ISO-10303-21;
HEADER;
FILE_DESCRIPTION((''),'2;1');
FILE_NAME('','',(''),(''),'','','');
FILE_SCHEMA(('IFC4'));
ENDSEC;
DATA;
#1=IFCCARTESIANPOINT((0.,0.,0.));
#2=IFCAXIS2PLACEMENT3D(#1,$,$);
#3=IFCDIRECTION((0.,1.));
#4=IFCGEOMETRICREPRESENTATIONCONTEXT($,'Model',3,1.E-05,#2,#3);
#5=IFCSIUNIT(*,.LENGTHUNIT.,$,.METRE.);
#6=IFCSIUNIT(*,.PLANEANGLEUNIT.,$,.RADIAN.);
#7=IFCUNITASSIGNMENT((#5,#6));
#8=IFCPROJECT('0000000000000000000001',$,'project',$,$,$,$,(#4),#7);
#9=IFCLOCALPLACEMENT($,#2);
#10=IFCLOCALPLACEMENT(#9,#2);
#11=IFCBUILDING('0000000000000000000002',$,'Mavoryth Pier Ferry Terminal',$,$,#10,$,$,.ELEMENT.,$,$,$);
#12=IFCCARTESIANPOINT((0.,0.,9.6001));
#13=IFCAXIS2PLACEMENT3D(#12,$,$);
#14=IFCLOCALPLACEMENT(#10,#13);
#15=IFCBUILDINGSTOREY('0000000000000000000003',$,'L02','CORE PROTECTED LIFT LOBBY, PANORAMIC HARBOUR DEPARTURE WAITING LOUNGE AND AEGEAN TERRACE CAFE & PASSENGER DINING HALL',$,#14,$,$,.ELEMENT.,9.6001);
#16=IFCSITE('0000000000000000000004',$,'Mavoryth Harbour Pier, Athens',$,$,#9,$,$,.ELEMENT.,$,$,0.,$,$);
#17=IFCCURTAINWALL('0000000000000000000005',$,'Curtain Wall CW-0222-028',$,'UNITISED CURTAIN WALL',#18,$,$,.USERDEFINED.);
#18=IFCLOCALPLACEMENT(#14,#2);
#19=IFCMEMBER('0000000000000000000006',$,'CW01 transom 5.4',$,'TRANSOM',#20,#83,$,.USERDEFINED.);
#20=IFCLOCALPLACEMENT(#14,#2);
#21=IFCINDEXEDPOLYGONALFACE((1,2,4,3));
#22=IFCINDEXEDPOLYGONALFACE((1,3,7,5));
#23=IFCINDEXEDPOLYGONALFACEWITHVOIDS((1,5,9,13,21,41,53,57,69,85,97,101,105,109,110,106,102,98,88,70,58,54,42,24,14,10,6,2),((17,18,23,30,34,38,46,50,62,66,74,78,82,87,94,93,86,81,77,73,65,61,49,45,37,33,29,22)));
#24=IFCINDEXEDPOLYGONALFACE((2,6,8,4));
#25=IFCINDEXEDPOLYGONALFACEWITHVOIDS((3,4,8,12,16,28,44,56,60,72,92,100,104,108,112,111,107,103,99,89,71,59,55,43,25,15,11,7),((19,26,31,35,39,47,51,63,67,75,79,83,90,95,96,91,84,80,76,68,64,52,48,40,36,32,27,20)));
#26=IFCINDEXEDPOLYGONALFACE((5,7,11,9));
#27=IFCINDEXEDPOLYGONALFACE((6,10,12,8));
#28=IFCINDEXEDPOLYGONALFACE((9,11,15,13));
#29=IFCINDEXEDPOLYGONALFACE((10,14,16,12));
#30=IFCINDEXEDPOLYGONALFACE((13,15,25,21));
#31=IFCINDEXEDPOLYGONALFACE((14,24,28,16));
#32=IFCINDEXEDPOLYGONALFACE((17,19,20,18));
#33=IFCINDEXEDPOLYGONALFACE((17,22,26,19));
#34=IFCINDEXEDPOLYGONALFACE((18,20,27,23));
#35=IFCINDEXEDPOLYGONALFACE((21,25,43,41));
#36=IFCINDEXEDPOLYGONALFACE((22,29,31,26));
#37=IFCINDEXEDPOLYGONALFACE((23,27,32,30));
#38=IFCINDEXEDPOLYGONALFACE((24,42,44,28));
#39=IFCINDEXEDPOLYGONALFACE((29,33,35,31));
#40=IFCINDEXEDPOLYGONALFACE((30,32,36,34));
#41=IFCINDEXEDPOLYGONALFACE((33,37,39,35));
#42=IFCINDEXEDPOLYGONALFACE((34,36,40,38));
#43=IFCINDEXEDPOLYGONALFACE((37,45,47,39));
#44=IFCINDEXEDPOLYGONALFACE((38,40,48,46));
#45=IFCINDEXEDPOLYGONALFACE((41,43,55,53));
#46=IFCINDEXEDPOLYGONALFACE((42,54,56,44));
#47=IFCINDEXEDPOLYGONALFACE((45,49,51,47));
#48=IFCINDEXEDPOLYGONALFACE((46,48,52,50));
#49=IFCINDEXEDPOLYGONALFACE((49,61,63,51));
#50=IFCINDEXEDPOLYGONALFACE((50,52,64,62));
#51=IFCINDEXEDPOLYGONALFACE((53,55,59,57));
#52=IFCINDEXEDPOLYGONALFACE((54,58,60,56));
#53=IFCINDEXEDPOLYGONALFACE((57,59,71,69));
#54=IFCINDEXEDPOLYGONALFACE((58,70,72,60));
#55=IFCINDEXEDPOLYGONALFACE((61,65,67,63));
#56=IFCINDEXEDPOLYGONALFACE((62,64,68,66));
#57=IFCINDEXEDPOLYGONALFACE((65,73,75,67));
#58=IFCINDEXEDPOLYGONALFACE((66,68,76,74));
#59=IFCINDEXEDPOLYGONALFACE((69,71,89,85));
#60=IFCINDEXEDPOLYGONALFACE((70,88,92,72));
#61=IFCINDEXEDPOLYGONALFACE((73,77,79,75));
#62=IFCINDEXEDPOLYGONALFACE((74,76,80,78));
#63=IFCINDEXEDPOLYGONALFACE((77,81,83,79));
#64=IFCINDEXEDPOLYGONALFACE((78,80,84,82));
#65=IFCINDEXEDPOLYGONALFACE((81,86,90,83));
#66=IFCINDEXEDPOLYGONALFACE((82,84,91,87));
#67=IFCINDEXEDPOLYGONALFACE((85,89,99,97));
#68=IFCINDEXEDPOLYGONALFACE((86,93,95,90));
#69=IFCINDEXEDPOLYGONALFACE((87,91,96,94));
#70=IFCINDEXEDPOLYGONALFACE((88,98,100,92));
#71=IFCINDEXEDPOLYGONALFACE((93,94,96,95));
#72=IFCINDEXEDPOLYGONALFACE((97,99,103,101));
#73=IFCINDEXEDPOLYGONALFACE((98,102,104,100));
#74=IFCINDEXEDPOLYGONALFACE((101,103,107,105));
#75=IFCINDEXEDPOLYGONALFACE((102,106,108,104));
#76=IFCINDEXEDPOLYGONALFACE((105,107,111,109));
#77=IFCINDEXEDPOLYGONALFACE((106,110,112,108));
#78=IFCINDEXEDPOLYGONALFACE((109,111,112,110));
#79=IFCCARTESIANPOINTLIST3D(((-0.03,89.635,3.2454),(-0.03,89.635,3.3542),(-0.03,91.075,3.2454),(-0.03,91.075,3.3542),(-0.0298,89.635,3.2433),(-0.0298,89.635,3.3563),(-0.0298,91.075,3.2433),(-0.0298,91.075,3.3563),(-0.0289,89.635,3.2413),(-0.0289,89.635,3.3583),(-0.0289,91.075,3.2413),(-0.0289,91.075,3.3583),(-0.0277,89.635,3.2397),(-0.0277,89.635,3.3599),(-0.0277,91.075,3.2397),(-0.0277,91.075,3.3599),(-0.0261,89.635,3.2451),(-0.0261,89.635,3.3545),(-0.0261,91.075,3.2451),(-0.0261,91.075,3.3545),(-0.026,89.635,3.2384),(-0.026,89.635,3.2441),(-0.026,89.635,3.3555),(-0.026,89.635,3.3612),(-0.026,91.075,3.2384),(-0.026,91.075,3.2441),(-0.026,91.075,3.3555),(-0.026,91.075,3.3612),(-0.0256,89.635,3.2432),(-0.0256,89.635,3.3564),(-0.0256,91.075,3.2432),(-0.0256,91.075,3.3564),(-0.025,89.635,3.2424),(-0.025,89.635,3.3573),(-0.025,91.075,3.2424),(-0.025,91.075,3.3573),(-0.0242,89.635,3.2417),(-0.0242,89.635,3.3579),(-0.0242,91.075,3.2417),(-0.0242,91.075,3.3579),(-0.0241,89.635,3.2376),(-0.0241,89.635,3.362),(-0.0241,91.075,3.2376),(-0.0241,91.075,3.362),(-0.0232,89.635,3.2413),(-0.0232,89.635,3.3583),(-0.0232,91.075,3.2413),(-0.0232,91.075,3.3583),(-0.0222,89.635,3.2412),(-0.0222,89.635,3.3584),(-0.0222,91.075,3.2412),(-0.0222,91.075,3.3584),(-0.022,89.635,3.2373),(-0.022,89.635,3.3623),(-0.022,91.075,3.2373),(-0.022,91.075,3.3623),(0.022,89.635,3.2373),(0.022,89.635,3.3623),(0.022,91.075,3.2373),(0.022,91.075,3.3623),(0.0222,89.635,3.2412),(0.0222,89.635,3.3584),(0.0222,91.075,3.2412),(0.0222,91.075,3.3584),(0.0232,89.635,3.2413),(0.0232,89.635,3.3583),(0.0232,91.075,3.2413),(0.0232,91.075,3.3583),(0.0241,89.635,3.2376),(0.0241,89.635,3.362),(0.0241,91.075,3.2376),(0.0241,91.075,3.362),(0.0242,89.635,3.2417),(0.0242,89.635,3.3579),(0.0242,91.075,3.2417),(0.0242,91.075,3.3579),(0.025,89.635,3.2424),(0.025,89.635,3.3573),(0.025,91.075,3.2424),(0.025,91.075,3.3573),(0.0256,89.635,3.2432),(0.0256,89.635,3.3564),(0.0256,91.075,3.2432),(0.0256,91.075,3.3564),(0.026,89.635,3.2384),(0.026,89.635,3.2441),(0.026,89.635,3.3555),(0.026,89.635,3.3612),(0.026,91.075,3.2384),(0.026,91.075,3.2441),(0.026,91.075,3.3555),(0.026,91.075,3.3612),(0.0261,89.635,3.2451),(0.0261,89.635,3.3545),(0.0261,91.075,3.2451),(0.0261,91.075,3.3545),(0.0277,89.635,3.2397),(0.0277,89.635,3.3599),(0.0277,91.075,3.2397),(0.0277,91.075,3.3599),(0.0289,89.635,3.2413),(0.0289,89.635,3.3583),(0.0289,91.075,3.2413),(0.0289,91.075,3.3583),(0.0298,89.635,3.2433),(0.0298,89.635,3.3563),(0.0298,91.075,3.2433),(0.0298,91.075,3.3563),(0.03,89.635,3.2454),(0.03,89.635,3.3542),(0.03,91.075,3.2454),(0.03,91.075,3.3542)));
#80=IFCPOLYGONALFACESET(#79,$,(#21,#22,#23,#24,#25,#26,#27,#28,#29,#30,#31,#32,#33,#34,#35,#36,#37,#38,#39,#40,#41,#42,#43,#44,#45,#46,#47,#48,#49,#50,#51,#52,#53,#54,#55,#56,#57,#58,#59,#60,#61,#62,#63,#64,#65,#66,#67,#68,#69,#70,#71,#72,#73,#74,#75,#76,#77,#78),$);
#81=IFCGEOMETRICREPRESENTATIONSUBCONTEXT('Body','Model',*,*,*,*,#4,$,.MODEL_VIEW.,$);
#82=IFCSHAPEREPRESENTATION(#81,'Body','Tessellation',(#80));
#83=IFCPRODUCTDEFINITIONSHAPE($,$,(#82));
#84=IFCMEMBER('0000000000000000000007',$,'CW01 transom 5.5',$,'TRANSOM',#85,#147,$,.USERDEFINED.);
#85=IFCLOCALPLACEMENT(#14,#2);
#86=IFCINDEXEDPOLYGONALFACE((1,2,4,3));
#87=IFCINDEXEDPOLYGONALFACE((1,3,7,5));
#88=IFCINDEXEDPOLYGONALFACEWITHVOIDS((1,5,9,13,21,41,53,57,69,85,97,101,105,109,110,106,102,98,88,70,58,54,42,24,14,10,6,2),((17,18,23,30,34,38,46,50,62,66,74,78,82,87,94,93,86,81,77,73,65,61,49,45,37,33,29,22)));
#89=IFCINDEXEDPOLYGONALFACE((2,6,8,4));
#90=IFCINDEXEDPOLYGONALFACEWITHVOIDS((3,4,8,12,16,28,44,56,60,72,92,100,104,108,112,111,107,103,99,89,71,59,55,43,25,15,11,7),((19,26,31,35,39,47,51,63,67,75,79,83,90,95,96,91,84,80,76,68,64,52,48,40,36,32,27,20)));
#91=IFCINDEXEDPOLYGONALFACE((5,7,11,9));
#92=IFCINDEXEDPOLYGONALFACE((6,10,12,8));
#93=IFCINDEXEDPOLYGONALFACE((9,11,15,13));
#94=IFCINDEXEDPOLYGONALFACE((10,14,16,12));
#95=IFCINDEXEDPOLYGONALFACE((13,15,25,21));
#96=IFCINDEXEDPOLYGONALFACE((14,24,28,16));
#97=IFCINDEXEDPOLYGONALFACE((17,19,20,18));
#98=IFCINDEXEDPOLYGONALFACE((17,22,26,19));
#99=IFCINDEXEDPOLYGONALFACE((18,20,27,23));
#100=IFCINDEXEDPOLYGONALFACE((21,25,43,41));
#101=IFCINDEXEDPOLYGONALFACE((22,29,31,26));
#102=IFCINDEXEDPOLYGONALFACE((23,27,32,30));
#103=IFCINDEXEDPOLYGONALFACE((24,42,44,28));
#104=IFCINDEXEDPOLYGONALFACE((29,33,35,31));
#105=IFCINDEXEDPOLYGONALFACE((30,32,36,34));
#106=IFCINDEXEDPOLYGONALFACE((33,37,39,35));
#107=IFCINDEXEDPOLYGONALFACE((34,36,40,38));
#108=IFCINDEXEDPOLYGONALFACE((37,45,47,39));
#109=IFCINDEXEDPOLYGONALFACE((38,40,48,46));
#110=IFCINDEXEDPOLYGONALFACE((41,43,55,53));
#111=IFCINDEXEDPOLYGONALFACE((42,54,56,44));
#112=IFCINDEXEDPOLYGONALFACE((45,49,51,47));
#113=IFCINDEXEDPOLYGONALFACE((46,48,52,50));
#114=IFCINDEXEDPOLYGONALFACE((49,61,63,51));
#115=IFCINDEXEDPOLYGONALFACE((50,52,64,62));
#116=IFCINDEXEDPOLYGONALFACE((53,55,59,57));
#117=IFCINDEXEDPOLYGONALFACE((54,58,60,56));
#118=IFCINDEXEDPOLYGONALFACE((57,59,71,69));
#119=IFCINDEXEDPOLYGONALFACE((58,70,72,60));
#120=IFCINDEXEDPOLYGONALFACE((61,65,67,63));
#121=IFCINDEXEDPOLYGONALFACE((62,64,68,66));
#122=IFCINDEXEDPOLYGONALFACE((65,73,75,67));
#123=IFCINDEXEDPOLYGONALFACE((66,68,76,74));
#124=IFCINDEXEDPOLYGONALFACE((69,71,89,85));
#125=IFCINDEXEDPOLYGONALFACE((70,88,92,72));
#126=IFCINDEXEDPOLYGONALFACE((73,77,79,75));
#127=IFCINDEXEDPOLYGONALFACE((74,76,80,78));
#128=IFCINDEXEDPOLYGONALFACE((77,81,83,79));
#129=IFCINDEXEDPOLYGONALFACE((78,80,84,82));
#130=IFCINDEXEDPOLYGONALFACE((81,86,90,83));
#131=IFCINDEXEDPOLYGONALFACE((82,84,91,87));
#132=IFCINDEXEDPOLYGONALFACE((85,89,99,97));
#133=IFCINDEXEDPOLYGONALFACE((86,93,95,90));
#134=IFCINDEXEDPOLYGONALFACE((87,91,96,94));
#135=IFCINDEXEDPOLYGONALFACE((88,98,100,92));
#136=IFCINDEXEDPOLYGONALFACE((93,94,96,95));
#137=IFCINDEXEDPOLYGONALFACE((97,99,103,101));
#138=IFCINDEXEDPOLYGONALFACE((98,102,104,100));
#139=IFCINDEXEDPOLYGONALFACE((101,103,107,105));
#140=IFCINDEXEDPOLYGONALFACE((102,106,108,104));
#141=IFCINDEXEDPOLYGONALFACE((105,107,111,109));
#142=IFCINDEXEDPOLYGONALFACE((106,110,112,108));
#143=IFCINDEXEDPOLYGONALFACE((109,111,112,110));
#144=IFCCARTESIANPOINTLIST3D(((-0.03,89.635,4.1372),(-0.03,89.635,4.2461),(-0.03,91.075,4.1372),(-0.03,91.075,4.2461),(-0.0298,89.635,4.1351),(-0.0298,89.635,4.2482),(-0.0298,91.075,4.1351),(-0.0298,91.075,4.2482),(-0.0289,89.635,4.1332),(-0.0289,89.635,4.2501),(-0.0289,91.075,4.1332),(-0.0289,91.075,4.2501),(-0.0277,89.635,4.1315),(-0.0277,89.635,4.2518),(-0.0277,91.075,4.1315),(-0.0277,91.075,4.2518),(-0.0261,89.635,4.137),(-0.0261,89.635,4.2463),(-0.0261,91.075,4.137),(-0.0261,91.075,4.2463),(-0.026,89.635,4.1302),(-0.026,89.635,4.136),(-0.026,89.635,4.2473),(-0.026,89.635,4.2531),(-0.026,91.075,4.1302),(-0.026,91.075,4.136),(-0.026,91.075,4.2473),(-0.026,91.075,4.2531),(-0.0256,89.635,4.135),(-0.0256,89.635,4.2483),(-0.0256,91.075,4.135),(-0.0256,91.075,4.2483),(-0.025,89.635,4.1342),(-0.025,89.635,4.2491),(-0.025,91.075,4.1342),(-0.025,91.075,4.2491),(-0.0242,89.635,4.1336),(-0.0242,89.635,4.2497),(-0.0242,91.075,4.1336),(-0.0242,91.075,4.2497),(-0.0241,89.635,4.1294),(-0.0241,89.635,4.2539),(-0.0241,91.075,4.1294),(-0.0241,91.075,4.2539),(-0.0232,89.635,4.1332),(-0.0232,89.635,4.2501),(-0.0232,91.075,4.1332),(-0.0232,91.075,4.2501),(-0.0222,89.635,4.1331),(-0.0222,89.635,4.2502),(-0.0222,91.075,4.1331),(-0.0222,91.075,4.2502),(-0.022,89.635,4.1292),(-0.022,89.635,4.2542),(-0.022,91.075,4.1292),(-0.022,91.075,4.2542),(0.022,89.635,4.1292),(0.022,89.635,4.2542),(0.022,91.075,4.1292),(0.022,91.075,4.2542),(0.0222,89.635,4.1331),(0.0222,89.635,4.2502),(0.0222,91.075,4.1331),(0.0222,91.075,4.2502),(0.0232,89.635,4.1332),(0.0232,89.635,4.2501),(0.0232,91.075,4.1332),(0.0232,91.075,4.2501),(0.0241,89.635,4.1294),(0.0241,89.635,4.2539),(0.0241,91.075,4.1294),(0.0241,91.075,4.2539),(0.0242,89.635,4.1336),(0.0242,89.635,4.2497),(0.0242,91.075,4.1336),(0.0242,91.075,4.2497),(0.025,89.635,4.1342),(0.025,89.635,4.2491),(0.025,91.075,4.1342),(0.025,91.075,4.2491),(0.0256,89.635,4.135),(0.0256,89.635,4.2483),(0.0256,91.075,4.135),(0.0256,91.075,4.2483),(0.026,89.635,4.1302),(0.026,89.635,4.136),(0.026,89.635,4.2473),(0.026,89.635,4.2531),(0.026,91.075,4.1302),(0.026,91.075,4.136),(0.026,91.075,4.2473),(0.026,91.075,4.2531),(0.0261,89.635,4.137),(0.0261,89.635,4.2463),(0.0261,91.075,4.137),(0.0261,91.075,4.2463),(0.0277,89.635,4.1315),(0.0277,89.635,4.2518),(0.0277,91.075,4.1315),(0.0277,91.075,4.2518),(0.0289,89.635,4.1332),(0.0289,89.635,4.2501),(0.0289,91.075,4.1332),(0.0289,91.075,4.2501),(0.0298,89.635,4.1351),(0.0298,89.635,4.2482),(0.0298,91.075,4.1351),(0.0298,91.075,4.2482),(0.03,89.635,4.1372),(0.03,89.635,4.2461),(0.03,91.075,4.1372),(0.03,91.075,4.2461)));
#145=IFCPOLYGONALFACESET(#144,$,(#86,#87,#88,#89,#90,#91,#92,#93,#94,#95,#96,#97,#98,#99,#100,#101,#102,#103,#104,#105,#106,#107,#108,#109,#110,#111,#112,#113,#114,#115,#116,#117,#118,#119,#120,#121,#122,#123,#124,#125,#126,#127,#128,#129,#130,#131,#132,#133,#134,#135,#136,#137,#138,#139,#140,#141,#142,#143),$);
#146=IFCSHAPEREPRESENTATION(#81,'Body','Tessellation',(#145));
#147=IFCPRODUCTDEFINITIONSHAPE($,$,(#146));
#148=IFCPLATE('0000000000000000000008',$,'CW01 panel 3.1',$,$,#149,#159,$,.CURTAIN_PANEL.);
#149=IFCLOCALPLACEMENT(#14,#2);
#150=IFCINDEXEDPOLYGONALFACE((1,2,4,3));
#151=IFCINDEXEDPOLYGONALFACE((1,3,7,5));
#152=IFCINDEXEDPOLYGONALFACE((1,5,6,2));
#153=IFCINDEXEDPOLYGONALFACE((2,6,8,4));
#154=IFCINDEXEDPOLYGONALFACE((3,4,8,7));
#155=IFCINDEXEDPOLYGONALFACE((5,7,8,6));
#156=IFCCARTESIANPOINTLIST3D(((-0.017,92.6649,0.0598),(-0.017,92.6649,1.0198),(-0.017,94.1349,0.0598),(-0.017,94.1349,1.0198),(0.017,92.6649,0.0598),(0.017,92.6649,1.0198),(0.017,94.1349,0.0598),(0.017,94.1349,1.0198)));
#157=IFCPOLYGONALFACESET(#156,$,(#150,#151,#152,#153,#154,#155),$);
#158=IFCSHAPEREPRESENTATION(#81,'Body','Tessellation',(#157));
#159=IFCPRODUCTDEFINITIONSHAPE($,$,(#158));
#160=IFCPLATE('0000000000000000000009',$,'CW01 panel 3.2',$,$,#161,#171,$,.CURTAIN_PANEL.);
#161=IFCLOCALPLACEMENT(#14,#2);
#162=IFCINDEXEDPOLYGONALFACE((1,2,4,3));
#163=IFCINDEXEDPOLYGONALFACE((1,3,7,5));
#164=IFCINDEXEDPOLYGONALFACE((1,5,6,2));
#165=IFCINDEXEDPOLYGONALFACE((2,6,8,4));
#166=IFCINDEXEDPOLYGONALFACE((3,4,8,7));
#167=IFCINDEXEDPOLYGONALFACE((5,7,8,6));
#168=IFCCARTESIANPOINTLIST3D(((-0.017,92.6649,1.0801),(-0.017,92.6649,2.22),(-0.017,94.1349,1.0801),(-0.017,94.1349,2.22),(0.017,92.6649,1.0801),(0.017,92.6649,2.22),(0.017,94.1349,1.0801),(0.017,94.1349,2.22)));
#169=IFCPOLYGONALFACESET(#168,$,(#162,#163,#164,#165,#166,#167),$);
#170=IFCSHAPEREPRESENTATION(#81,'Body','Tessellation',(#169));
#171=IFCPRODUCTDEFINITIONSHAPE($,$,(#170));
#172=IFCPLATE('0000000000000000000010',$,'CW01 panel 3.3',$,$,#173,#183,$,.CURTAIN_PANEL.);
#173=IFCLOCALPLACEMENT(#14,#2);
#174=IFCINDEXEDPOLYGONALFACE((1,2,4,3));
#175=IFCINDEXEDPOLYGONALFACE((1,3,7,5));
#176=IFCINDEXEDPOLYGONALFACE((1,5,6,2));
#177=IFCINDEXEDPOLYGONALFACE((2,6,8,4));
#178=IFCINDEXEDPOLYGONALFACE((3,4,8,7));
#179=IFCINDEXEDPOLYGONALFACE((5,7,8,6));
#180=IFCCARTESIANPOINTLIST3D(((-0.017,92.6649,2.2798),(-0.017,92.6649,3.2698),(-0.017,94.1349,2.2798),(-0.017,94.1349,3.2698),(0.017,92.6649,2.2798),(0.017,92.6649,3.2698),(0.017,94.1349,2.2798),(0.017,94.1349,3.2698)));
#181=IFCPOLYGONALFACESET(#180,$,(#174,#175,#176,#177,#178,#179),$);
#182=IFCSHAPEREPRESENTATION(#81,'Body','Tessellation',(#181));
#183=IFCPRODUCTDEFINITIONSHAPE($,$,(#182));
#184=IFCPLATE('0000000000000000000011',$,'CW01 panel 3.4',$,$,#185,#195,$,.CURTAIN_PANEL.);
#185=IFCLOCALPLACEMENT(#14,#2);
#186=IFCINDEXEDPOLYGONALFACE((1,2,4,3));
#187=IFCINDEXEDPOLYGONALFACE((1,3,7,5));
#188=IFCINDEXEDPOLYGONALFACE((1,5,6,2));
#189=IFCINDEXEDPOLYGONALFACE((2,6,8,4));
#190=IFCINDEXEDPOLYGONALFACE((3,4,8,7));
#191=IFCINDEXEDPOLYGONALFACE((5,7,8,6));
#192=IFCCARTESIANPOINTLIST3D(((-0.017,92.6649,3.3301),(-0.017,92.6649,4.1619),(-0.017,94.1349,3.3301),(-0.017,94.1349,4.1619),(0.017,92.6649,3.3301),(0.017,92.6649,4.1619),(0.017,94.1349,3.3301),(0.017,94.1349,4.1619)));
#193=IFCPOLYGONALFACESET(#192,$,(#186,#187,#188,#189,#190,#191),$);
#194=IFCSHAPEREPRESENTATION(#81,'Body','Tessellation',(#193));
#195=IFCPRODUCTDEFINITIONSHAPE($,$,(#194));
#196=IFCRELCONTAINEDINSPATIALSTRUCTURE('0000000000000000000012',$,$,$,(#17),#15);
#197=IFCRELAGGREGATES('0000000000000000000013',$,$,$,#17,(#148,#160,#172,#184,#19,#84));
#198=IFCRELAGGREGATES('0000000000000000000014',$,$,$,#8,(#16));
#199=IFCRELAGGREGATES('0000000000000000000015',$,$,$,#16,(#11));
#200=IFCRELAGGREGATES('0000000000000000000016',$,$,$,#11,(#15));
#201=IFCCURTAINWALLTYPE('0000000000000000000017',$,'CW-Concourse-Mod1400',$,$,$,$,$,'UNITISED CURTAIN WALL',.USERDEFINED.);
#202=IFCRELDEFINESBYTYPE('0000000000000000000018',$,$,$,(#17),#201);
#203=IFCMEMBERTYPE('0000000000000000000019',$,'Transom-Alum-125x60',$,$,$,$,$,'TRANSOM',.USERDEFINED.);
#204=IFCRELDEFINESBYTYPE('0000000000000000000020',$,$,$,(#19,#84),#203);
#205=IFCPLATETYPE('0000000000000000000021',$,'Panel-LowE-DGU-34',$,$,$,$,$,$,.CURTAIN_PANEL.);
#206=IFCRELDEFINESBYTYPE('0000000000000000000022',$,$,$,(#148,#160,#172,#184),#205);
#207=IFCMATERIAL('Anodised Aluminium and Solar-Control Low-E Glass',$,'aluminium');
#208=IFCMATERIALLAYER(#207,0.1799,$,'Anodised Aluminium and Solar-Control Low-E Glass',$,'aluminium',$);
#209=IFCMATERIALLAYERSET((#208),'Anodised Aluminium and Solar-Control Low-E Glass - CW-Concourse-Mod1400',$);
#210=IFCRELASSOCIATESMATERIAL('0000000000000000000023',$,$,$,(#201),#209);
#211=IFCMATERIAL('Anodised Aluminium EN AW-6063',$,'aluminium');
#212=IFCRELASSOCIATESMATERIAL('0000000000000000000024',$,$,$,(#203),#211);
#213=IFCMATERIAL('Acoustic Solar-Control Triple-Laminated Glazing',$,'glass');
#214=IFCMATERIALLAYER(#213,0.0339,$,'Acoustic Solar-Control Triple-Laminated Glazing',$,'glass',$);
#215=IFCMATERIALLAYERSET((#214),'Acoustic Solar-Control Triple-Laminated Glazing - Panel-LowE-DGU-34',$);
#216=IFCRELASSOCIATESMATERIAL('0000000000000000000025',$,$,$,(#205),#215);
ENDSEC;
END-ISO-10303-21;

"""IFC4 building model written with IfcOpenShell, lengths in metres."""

from ifc_helpers import new_model, si_unit, direction, frame, origin, origin_2d, place, context, subcontext, project, spatial, rectangle, hollow_rectangle, extrude, material, layer, layer_set, material_profile, profile_set, type_object, element, aggregate, save


model = new_model("IFC4")

# Units and contexts
model_context = context("Model", 3, precision=1e-05, world=origin(), true_north=direction((0.0, 1.0)))
body_context = subcontext(model_context, "Body", "Model", "MODEL_VIEW")
ifc_project = project(units=[si_unit("LENGTHUNIT", "METRE"), si_unit("PLANEANGLEUNIT", "RADIAN")], contexts=[model_context])

# Site, building, storey
site_placement = place(None, origin())
site = spatial("IfcSite", under=ifc_project, at=site_placement, Name="Mavoryth Harbour Pier, Athens", CompositionType="ELEMENT", RefElevation=0.0)
building_placement = place(site_placement, origin())
building = spatial("IfcBuilding", under=site, at=building_placement, Name="Mavoryth Pier Ferry Terminal", CompositionType="ELEMENT")
storey_placement = place(building_placement, frame((0.0, 0.0, 9.6001)))
storey = spatial("IfcBuildingStorey", under=building, at=storey_placement, Name="L02", Description="CORE PROTECTED LIFT LOBBY, PANORAMIC HARBOUR DEPARTURE WAITING LOUNGE AND AEGEAN TERRACE CAFE & PASSENGER DINING HALL", CompositionType="ELEMENT", Elevation=9.6001)

# Shared definitions
ifc_material_1 = material(Name="Anodised Aluminium and Solar-Control Low-E Glass", Category="aluminium")
ifc_layer_1 = layer(ifc_material_1, 0.1799, Name="Anodised Aluminium and Solar-Control Low-E Glass", Category="aluminium")
ifc_layer_set_1 = layer_set([ifc_layer_1], Name="Anodised Aluminium and Solar-Control Low-E Glass - CW-Concourse-Mod1400")
curtain_wall_type = type_object("IfcCurtainWallType", Name="CW-Concourse-Mod1400", ElementType="UNITISED CURTAIN WALL", PredefinedType="USERDEFINED", material=ifc_layer_set_1)
ifc_material_2 = material(Name="Anodised Aluminium EN AW-6063", Category="aluminium")

# Curtain wall
curtain_wall_1_placement = place(storey_placement, origin())
curtain_wall_1 = element("IfcCurtainWall", 1, at=curtain_wall_1_placement, inside=storey, type_object=curtain_wall_type, Name="Curtain Wall CW-0222-028", ObjectType="UNITISED CURTAIN WALL", PredefinedType="USERDEFINED")

# Members
ifc_material_profile_1 = material_profile(ifc_material_2, hollow_rectangle(XDim=0.0601, YDim=0.125, WallThickness=0.0039, InnerFilletRadius=0.0039, OuterFilletRadius=0.0081, at=origin_2d()), Name="AL-TRAN 125x60x4", Category="aluminium")
ifc_profile_set_1 = profile_set([ifc_material_profile_1], Name="Anodised Aluminium EN AW-6063 - AL-TRAN 125x60x4")
member_type_1 = type_object("IfcMemberType", Name="Transom-Alum-125x60", ElementType="TRANSOM", PredefinedType="USERDEFINED", material=ifc_profile_set_1)
member_1_placement = place(storey_placement, frame((0.0, 91.075, 3.2998), z_axis=(0.0, -1.0, 0.0), x_axis=(1.0, 0.0, 0.0)))
member_1 = element("IfcMember", 2, at=member_1_placement, type_object=member_type_1, Name="CW01 transom 5.4", ObjectType="TRANSOM", PredefinedType="USERDEFINED", context=body_context, shape_type="SweptSolid", body=[
    extrude(hollow_rectangle(XDim=0.0601, YDim=0.125, WallThickness=0.0039, InnerFilletRadius=0.0039, OuterFilletRadius=0.0081, at=origin_2d()), origin(), (0.0, 0.0, 1.0), 1.4399),
])
member_2_placement = place(storey_placement, frame((0.0, 91.075, 4.1917), z_axis=(0.0, -1.0, 0.0), x_axis=(1.0, 0.0, 0.0)))
member_2 = element("IfcMember", 3, at=member_2_placement, type_object=member_type_1, Name="CW01 transom 5.5", ObjectType="TRANSOM", PredefinedType="USERDEFINED", context=body_context, shape_type="SweptSolid", body=[
    extrude(hollow_rectangle(XDim=0.0601, YDim=0.125, WallThickness=0.0039, InnerFilletRadius=0.0039, OuterFilletRadius=0.0081, at=origin_2d()), origin(), (0.0, 0.0, 1.0), 1.4399),
])

# Plates
ifc_material_3 = material(Name="Acoustic Solar-Control Triple-Laminated Glazing", Category="glass")
ifc_layer_2 = layer(ifc_material_3, 0.0339, Name="Acoustic Solar-Control Triple-Laminated Glazing", Category="glass")
ifc_layer_set_2 = layer_set([ifc_layer_2], Name="Acoustic Solar-Control Triple-Laminated Glazing - Panel-LowE-DGU-34")
plate_type = type_object("IfcPlateType", Name="Panel-LowE-DGU-34", PredefinedType="CURTAIN_PANEL", material=ifc_layer_set_2)
plate_1_placement = place(storey_placement, frame((0.0, 93.3999, 0.0598), z_axis=(0.0, 0.0, 1.0), x_axis=(0.0, -1.0, 0.0)))
plate_1 = element("IfcPlate", 4, at=plate_1_placement, type_object=plate_type, Name="CW01 panel 3.1", PredefinedType="CURTAIN_PANEL", context=body_context, shape_type="SweptSolid", body=[
    extrude(rectangle(XDim=1.47, YDim=0.0339, at=origin_2d()), origin(), (0.0, 0.0, 1.0), 0.96),
])
plate_2_placement = place(storey_placement, frame((0.0, 93.3999, 1.0801), z_axis=(0.0, 0.0, 1.0), x_axis=(0.0, -1.0, 0.0)))
plate_2 = element("IfcPlate", 5, at=plate_2_placement, type_object=plate_type, Name="CW01 panel 3.2", PredefinedType="CURTAIN_PANEL", context=body_context, shape_type="SweptSolid", body=[
    extrude(rectangle(XDim=1.47, YDim=0.0339, at=origin_2d()), origin(), (0.0, 0.0, 1.0), 1.1399),
])
plate_3_placement = place(storey_placement, frame((0.0, 93.3999, 2.2798), z_axis=(0.0, 0.0, 1.0), x_axis=(0.0, -1.0, 0.0)))
plate_3 = element("IfcPlate", 6, at=plate_3_placement, type_object=plate_type, Name="CW01 panel 3.3", PredefinedType="CURTAIN_PANEL", context=body_context, shape_type="SweptSolid", body=[
    extrude(rectangle(XDim=1.47, YDim=0.0339, at=origin_2d()), origin(), (0.0, 0.0, 1.0), 0.99),
])
plate_4_placement = place(storey_placement, frame((0.0, 93.3999, 3.3301), z_axis=(0.0, 0.0, 1.0), x_axis=(0.0, -1.0, 0.0)))
plate_4 = element("IfcPlate", 7, at=plate_4_placement, type_object=plate_type, Name="CW01 panel 3.4", PredefinedType="CURTAIN_PANEL", context=body_context, shape_type="SweptSolid", body=[
    extrude(rectangle(XDim=1.47, YDim=0.0339, at=origin_2d()), origin(), (0.0, 0.0, 1.0), 0.8318),
])
aggregate(curtain_wall_1, [plate_1, plate_2, plate_3, plate_4, member_1, member_2])

save(model, "model.ifc")
